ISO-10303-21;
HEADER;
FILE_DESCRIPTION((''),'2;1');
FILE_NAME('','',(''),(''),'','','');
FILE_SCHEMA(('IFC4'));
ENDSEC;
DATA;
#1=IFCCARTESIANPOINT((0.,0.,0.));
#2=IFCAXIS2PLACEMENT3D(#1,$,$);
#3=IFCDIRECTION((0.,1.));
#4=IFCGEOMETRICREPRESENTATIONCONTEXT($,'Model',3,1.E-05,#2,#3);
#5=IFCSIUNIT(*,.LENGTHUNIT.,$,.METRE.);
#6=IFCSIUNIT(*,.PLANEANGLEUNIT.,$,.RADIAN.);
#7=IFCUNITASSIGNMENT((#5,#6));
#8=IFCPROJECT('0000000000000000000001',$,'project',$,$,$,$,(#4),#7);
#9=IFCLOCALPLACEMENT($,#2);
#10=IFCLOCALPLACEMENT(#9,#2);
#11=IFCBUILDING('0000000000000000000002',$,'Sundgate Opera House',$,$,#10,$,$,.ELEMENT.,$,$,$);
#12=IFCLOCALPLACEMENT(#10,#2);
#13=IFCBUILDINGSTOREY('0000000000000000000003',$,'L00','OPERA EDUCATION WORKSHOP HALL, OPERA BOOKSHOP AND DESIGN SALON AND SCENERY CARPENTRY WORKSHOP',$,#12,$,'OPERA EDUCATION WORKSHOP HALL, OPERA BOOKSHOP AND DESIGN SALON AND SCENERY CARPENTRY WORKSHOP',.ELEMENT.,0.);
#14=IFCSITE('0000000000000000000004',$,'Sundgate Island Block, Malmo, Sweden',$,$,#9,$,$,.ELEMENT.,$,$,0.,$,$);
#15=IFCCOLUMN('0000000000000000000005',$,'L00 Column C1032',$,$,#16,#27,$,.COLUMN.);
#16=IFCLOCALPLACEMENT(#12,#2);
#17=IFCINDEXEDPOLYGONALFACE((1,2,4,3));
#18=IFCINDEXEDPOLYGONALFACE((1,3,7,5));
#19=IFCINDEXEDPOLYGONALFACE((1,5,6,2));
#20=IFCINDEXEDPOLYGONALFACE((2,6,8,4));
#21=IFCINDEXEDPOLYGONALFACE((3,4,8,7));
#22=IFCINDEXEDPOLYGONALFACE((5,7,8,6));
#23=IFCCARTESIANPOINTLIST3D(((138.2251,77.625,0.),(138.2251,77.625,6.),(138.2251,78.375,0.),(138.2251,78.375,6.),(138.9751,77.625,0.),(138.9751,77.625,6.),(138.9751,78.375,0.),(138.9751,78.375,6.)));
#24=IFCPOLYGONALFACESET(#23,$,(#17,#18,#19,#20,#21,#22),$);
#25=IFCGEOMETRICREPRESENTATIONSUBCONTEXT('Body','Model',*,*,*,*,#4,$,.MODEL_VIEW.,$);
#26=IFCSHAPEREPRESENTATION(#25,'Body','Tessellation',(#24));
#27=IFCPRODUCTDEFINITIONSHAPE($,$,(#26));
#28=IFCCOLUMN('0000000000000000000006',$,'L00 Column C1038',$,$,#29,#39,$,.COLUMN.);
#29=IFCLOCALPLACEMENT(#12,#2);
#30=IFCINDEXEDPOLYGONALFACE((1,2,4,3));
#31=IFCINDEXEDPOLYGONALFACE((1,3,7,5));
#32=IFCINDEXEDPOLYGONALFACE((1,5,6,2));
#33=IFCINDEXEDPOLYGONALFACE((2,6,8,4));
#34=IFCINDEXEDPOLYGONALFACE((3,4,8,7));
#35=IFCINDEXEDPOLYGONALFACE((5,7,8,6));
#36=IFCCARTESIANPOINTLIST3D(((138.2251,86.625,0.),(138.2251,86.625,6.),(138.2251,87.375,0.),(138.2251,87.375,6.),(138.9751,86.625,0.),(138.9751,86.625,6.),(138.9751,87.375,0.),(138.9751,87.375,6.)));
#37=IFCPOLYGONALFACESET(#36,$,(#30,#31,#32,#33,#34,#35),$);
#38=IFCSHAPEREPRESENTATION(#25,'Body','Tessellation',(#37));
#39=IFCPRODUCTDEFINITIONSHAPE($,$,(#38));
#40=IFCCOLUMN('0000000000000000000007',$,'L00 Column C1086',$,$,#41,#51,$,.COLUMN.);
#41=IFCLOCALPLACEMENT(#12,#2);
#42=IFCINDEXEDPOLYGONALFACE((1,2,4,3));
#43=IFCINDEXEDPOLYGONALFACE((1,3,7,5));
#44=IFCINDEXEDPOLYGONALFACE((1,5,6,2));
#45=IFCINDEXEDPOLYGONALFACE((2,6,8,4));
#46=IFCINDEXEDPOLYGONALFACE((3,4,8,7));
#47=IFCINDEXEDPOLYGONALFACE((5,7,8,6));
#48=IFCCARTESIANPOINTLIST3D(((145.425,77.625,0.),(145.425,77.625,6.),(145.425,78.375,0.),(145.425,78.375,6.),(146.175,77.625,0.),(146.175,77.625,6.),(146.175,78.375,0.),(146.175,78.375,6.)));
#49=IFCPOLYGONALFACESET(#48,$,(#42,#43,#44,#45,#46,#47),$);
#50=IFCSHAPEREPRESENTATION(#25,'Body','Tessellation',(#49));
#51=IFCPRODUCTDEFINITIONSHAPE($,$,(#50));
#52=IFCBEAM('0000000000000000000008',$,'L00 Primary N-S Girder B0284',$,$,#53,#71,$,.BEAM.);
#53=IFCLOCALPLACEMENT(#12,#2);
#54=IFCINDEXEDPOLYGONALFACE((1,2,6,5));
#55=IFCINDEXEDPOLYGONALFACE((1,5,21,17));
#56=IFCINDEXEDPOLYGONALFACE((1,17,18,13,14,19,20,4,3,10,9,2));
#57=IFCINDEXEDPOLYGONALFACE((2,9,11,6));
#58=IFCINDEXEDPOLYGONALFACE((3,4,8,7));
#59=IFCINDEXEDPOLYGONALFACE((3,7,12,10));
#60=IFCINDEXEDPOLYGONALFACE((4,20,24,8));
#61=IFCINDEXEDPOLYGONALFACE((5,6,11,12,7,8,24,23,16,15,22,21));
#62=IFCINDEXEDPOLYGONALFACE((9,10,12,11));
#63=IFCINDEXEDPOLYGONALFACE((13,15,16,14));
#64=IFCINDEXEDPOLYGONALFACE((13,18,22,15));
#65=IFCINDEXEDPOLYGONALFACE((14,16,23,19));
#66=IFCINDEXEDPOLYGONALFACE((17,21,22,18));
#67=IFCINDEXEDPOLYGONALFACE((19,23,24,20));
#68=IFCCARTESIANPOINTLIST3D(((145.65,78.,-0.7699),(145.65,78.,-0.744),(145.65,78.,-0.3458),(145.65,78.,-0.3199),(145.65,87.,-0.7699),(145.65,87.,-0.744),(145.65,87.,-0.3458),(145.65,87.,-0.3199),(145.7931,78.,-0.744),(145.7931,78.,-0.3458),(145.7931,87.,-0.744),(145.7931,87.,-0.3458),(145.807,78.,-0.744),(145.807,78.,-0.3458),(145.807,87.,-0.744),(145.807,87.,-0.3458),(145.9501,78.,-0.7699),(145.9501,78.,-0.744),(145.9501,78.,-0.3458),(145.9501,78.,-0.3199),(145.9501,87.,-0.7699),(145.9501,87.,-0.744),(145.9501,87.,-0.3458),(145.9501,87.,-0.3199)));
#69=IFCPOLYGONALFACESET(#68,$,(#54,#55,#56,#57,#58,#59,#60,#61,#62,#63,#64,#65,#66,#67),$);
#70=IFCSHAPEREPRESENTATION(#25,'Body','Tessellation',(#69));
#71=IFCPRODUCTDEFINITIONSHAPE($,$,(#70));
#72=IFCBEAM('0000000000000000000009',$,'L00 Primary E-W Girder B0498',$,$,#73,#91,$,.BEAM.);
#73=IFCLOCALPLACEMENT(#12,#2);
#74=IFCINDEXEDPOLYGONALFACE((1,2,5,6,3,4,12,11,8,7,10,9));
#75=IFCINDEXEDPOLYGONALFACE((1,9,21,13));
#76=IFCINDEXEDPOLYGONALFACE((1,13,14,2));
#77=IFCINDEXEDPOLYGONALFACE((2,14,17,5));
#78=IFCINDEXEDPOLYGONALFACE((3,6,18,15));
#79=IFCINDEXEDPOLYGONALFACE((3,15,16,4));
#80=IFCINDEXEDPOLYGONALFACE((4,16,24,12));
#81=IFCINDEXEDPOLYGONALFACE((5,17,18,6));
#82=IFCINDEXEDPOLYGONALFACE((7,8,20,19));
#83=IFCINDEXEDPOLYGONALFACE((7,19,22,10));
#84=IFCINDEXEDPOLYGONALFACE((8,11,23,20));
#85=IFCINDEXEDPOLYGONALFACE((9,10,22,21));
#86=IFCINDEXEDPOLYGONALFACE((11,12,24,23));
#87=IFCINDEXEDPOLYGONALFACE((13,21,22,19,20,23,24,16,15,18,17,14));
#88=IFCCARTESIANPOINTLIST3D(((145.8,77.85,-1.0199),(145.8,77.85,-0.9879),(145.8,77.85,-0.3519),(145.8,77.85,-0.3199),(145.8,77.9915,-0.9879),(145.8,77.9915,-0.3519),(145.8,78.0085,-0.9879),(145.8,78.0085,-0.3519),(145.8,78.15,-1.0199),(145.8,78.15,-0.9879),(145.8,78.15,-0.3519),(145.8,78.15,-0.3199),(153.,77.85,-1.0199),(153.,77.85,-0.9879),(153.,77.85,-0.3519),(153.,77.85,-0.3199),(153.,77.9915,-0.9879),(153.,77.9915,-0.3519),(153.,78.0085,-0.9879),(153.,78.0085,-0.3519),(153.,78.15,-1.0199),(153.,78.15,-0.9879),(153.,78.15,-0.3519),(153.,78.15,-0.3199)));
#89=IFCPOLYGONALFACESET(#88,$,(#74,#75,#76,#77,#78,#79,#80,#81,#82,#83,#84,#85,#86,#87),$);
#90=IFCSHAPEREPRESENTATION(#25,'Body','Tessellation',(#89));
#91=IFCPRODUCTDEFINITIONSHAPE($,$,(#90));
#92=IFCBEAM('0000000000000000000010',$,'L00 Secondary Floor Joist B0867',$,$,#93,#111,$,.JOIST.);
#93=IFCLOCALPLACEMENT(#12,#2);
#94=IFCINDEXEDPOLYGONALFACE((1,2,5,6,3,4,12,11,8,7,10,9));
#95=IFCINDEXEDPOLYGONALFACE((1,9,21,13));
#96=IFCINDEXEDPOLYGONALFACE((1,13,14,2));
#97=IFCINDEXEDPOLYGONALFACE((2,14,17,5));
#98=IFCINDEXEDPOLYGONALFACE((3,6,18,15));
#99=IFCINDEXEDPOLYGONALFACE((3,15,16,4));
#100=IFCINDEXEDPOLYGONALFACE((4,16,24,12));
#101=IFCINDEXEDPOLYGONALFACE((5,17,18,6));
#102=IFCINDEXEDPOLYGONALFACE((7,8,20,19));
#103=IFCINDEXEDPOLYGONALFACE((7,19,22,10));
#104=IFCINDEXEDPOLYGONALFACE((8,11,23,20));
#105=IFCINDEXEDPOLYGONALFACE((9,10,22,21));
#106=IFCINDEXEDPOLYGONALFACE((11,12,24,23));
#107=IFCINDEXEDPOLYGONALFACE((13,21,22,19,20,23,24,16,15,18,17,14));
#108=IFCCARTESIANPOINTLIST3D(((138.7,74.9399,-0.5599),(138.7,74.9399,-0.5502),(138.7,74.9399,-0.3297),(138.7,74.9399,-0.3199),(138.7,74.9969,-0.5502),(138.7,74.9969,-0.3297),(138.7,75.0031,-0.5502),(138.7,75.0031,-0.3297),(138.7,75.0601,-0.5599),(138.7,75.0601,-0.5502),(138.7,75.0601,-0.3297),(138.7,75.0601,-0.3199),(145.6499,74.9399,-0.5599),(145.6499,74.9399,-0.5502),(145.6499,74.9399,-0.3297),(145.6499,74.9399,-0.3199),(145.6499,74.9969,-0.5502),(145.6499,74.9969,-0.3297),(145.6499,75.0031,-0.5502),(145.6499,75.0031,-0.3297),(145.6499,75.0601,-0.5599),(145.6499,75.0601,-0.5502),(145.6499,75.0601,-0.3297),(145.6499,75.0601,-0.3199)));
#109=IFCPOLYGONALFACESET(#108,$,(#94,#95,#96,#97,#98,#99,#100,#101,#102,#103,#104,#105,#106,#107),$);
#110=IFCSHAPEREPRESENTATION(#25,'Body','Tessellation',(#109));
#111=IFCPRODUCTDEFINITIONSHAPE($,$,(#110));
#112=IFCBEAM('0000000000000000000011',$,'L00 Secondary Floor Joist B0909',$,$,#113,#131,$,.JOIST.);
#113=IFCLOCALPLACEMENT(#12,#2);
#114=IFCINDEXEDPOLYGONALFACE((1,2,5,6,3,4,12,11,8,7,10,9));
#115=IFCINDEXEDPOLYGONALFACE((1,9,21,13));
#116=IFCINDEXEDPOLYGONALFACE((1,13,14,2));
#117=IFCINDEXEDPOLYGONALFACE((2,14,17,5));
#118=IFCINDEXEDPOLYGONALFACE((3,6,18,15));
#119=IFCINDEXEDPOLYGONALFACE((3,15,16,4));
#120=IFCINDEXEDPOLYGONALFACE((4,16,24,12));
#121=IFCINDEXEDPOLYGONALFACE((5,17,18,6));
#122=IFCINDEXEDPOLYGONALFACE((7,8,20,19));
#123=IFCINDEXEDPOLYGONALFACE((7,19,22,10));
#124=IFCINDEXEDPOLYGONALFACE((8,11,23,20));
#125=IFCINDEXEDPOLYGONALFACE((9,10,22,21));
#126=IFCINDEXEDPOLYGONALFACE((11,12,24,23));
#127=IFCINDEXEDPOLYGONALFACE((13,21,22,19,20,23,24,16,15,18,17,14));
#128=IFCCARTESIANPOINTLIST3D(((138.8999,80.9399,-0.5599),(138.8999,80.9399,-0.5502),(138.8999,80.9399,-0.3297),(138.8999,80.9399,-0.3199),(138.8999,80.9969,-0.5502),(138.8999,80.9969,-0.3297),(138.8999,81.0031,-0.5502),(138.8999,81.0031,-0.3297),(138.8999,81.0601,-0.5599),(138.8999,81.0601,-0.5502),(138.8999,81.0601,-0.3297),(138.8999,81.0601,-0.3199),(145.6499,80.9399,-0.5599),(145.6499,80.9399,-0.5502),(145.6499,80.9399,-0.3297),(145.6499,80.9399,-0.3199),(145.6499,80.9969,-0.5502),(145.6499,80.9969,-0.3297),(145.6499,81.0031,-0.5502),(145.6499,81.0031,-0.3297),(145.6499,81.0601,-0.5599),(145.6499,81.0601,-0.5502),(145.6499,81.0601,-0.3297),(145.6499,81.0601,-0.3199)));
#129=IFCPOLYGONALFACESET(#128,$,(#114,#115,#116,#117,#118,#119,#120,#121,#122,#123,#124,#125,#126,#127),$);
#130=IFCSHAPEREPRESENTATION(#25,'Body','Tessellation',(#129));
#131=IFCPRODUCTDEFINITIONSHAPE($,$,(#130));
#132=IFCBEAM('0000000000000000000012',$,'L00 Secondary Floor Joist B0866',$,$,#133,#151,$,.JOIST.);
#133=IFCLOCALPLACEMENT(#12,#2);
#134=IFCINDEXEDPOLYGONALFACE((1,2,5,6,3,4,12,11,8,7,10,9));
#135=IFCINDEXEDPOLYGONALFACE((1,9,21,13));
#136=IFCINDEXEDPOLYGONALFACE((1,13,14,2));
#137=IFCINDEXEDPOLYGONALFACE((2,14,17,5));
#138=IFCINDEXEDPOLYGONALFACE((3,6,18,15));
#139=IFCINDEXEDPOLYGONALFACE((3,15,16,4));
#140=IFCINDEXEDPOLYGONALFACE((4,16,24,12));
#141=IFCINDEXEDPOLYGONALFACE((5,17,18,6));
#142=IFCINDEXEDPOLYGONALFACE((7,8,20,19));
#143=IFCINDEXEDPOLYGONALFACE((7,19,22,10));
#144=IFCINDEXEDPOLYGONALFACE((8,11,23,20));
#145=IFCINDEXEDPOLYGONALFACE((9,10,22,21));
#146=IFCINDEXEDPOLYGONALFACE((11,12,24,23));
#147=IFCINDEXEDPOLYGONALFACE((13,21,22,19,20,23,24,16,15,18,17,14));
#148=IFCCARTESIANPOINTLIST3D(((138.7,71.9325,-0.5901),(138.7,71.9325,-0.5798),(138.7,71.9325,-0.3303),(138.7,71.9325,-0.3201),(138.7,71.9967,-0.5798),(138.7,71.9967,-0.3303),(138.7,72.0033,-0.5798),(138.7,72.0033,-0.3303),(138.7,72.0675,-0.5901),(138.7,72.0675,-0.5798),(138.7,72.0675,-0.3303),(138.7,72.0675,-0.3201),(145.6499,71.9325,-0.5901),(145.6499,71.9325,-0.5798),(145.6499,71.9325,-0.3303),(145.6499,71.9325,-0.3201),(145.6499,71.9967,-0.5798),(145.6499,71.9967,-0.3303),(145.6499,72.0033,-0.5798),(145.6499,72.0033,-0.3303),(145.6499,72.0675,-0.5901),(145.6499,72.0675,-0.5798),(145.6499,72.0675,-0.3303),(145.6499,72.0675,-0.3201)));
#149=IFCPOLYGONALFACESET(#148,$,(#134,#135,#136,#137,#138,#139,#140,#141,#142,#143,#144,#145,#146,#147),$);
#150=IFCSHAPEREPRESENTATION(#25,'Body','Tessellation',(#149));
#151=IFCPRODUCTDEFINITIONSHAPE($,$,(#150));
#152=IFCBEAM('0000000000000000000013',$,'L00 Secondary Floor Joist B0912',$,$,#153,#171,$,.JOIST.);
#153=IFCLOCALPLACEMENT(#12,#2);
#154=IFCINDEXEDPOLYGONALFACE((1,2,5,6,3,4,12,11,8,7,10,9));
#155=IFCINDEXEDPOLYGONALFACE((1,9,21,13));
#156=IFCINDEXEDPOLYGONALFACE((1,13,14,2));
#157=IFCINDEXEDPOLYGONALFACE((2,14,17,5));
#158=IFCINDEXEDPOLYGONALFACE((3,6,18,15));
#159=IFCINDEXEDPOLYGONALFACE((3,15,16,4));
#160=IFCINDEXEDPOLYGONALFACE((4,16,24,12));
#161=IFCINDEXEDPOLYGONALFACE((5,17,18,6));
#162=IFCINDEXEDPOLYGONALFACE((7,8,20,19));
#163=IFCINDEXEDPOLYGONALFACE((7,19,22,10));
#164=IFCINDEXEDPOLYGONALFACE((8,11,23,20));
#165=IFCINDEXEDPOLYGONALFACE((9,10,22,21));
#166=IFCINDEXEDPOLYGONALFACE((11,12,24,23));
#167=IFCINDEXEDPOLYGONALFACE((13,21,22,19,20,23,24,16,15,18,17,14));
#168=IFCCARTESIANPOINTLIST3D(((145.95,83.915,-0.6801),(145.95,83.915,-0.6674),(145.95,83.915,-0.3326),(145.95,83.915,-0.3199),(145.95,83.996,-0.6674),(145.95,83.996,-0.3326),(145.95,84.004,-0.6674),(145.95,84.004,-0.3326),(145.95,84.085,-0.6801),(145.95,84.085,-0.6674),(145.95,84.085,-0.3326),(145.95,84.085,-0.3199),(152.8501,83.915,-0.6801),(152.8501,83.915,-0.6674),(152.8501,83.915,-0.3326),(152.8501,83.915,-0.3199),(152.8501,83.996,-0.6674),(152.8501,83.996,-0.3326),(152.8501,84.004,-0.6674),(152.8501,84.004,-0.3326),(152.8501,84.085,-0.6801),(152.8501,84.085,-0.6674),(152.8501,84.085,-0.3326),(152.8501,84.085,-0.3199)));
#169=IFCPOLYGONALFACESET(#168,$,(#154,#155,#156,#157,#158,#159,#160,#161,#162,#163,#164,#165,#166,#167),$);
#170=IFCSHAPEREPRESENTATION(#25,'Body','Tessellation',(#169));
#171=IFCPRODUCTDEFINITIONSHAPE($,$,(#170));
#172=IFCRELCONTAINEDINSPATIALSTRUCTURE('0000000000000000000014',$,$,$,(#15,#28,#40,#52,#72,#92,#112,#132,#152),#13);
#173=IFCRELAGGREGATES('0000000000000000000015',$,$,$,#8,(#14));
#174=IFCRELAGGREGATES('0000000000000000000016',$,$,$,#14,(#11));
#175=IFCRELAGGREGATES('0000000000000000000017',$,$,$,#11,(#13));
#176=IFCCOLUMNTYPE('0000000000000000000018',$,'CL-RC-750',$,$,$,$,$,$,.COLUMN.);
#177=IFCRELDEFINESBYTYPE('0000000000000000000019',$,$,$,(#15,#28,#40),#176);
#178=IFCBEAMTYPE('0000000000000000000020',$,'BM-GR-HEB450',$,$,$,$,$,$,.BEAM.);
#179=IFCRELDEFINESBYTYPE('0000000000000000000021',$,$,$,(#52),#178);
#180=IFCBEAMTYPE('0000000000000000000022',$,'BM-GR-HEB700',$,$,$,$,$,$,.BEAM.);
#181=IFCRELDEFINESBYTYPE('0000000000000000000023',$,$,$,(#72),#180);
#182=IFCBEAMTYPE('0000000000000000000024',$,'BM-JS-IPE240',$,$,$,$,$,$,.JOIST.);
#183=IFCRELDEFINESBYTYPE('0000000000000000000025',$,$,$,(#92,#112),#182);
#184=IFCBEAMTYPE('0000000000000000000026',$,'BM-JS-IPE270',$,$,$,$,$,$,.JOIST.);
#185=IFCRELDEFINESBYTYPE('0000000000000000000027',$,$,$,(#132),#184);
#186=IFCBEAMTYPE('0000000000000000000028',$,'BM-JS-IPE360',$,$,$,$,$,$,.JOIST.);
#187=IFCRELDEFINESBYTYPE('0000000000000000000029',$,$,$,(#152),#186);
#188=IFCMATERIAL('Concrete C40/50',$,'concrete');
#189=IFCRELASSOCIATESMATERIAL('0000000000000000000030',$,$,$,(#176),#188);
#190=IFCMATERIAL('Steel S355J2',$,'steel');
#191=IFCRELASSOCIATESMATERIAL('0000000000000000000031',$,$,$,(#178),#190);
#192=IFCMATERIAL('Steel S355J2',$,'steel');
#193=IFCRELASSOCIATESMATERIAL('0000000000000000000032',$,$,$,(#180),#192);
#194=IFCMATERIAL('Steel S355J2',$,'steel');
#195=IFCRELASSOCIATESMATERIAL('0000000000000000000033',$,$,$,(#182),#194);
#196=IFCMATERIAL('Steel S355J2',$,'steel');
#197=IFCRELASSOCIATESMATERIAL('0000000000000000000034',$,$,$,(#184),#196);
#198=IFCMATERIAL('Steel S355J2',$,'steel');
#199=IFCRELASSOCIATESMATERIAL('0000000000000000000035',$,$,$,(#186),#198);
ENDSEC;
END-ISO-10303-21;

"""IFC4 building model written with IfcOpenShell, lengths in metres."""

from ifc_helpers import new_model, si_unit, direction, frame, origin, origin_2d, place, context, subcontext, project, spatial, rectangle, i_section, extrude, material, material_profile, profile_set, type_object, element, save


model = new_model("IFC4")

# Units and contexts
model_context = context("Model", 3, precision=1e-05, world=origin(), true_north=direction((0.0, 1.0)))
body_context = subcontext(model_context, "Body", "Model", "MODEL_VIEW")
ifc_project = project(units=[si_unit("LENGTHUNIT", "METRE"), si_unit("PLANEANGLEUNIT", "RADIAN")], contexts=[model_context])

# Site, building, storey
site_placement = place(None, origin())
site = spatial("IfcSite", under=ifc_project, at=site_placement, Name="Sundgate Island Block, Malmo, Sweden", CompositionType="ELEMENT", RefElevation=0.0)
building_placement = place(site_placement, origin())
building = spatial("IfcBuilding", under=site, at=building_placement, Name="Sundgate Opera House", CompositionType="ELEMENT")
storey_placement = place(building_placement, origin())
storey = spatial("IfcBuildingStorey", under=building, at=storey_placement, Name="L00", Description="OPERA EDUCATION WORKSHOP HALL, OPERA BOOKSHOP AND DESIGN SALON AND SCENERY CARPENTRY WORKSHOP", LongName="OPERA EDUCATION WORKSHOP HALL, OPERA BOOKSHOP AND DESIGN SALON AND SCENERY CARPENTRY WORKSHOP", CompositionType="ELEMENT", Elevation=0.0)

# Columns
ifc_material_1 = material(Name="Concrete C40/50", Category="concrete")
ifc_material_profile_1 = material_profile(ifc_material_1, rectangle(XDim=0.75, YDim=0.75, at=origin_2d()), Name="RC 750x750")
ifc_profile_set_1 = profile_set([ifc_material_profile_1], Name="Concrete C40/50")
column_type = type_object("IfcColumnType", Name="CL-RC-750", PredefinedType="COLUMN", material=ifc_profile_set_1)
for number, where, z_axis, x_axis, name in (
    (1, (138.6001, 78.0, 0.0), (0.0, 0.0, 1.0), (1.0, 0.0, 0.0), "L00 Column C1032"),
    (2, (138.6001, 87.0, 0.0), (0.0, 0.0, 1.0), (1.0, 0.0, 0.0), "L00 Column C1038"),
    (3, (145.8, 78.0, 0.0), (0.0, 0.0, 1.0), (1.0, 0.0, 0.0), "L00 Column C1086"),
):
    element("IfcColumn", number, at=place(storey_placement, frame(where, z_axis=z_axis, x_axis=x_axis)), inside=storey, type_object=column_type, Name=name, PredefinedType="COLUMN", context=body_context, shape_type="SweptSolid", body=[
        extrude(rectangle(XDim=0.75, YDim=0.75, at=origin_2d()), origin(), (0.0, 0.0, 1.0), 6.0),
    ])

# Beams
ifc_material_2 = material(Name="Steel S355J2", Category="steel")
ifc_material_profile_2 = material_profile(ifc_material_2, i_section(OverallWidth=0.3, OverallDepth=0.45, WebThickness=0.0139, FlangeThickness=0.0259, at=origin_2d()), Name="HEB 450")
ifc_profile_set_2 = profile_set([ifc_material_profile_2], Name="Steel S355J2")
beam_type_1 = type_object("IfcBeamType", Name="BM-GR-HEB450", PredefinedType="BEAM", material=ifc_profile_set_2)
beam_1_placement = place(storey_placement, frame((145.8, 78.0, -0.5449), z_axis=(0.0, 1.0, 0.0), x_axis=(-1.0, 0.0, 0.0)))
element("IfcBeam", 4, at=beam_1_placement, inside=storey, type_object=beam_type_1, Name="L00 Primary N-S Girder B0284", PredefinedType="BEAM", context=body_context, shape_type="SweptSolid", body=[
    extrude(i_section(OverallWidth=0.3, OverallDepth=0.45, WebThickness=0.0139, FlangeThickness=0.0259, at=origin_2d()), origin(), (0.0, 0.0, 1.0), 9.0),
])
ifc_material_3 = material(Name="Steel S355J2", Category="steel")
ifc_material_profile_3 = material_profile(ifc_material_3, i_section(OverallWidth=0.3, OverallDepth=0.7, WebThickness=0.0171, FlangeThickness=0.032, at=origin_2d()), Name="HEB 700")
ifc_profile_set_3 = profile_set([ifc_material_profile_3], Name="Steel S355J2")
beam_type_2 = type_object("IfcBeamType", Name="BM-GR-HEB700", PredefinedType="BEAM", material=ifc_profile_set_3)
beam_2_placement = place(storey_placement, frame((145.8, 78.0, -0.6699), z_axis=(1.0, 0.0, 0.0), x_axis=(0.0, 1.0, 0.0)))
element("IfcBeam", 5, at=beam_2_placement, inside=storey, type_object=beam_type_2, Name="L00 Primary E-W Girder B0498", PredefinedType="BEAM", context=body_context, shape_type="SweptSolid", body=[
    extrude(i_section(OverallWidth=0.3, OverallDepth=0.7, WebThickness=0.0171, FlangeThickness=0.032, at=origin_2d()), origin(), (0.0, 0.0, 1.0), 7.2),
])
ifc_material_4 = material(Name="Steel S355J2", Category="steel")
ifc_material_profile_4 = material_profile(ifc_material_4, i_section(OverallWidth=0.1201, OverallDepth=0.24, WebThickness=0.0061, FlangeThickness=0.0098, at=origin_2d()), Name="IPE 240")
ifc_profile_set_4 = profile_set([ifc_material_profile_4], Name="Steel S355J2")
beam_type_3 = type_object("IfcBeamType", Name="BM-JS-IPE240", PredefinedType="JOIST", material=ifc_profile_set_4)
beam_3_placement = place(storey_placement, frame((138.7, 75.0, -0.4399), z_axis=(1.0, 0.0, 0.0), x_axis=(0.0, 1.0, 0.0)))
element("IfcBeam", 6, at=beam_3_placement, inside=storey, type_object=beam_type_3, Name="L00 Secondary Floor Joist B0867", PredefinedType="JOIST", context=body_context, shape_type="SweptSolid", body=[
    extrude(i_section(OverallWidth=0.1201, OverallDepth=0.24, WebThickness=0.0061, FlangeThickness=0.0098, at=origin_2d()), origin(), (0.0, 0.0, 1.0), 6.95),
])
beam_4_placement = place(storey_placement, frame((138.8999, 81.0, -0.4399), z_axis=(1.0, 0.0, 0.0), x_axis=(0.0, 1.0, 0.0)))
element("IfcBeam", 7, at=beam_4_placement, inside=storey, type_object=beam_type_3, Name="L00 Secondary Floor Joist B0909", PredefinedType="JOIST", context=body_context, shape_type="SweptSolid", body=[
    extrude(i_section(OverallWidth=0.1201, OverallDepth=0.24, WebThickness=0.0061, FlangeThickness=0.0098, at=origin_2d()), origin(), (0.0, 0.0, 1.0), 6.75),
])
ifc_material_5 = material(Name="Steel S355J2", Category="steel")
ifc_material_profile_5 = material_profile(ifc_material_5, i_section(OverallWidth=0.135, OverallDepth=0.27, WebThickness=0.0066, FlangeThickness=0.0103, at=origin_2d()), Name="IPE 270")
ifc_profile_set_5 = profile_set([ifc_material_profile_5], Name="Steel S355J2")
beam_type_4 = type_object("IfcBeamType", Name="BM-JS-IPE270", PredefinedType="JOIST", material=ifc_profile_set_5)
beam_5_placement = place(storey_placement, frame((138.7, 72.0, -0.4551), z_axis=(1.0, 0.0, 0.0), x_axis=(0.0, 1.0, 0.0)))
element("IfcBeam", 8, at=beam_5_placement, inside=storey, type_object=beam_type_4, Name="L00 Secondary Floor Joist B0866", PredefinedType="JOIST", context=body_context, shape_type="SweptSolid", body=[
    extrude(i_section(OverallWidth=0.135, OverallDepth=0.27, WebThickness=0.0066, FlangeThickness=0.0103, at=origin_2d()), origin(), (0.0, 0.0, 1.0), 6.95),
])
ifc_material_6 = material(Name="Steel S355J2", Category="steel")
ifc_material_profile_6 = material_profile(ifc_material_6, i_section(OverallWidth=0.1699, OverallDepth=0.3601, WebThickness=0.0081, FlangeThickness=0.0127, at=origin_2d()), Name="IPE 360")
ifc_profile_set_6 = profile_set([ifc_material_profile_6], Name="Steel S355J2")
beam_type_5 = type_object("IfcBeamType", Name="BM-JS-IPE360", PredefinedType="JOIST", material=ifc_profile_set_6)
beam_6_placement = place(storey_placement, frame((145.95, 84.0, -0.5), z_axis=(1.0, 0.0, 0.0), x_axis=(0.0, 1.0, 0.0)))
element("IfcBeam", 9, at=beam_6_placement, inside=storey, type_object=beam_type_5, Name="L00 Secondary Floor Joist B0912", PredefinedType="JOIST", context=body_context, shape_type="SweptSolid", body=[
    extrude(i_section(OverallWidth=0.1699, OverallDepth=0.3601, WebThickness=0.0081, FlangeThickness=0.0127, at=origin_2d()), origin(), (0.0, 0.0, 1.0), 6.9001),
])

save(model, "model.ifc")
